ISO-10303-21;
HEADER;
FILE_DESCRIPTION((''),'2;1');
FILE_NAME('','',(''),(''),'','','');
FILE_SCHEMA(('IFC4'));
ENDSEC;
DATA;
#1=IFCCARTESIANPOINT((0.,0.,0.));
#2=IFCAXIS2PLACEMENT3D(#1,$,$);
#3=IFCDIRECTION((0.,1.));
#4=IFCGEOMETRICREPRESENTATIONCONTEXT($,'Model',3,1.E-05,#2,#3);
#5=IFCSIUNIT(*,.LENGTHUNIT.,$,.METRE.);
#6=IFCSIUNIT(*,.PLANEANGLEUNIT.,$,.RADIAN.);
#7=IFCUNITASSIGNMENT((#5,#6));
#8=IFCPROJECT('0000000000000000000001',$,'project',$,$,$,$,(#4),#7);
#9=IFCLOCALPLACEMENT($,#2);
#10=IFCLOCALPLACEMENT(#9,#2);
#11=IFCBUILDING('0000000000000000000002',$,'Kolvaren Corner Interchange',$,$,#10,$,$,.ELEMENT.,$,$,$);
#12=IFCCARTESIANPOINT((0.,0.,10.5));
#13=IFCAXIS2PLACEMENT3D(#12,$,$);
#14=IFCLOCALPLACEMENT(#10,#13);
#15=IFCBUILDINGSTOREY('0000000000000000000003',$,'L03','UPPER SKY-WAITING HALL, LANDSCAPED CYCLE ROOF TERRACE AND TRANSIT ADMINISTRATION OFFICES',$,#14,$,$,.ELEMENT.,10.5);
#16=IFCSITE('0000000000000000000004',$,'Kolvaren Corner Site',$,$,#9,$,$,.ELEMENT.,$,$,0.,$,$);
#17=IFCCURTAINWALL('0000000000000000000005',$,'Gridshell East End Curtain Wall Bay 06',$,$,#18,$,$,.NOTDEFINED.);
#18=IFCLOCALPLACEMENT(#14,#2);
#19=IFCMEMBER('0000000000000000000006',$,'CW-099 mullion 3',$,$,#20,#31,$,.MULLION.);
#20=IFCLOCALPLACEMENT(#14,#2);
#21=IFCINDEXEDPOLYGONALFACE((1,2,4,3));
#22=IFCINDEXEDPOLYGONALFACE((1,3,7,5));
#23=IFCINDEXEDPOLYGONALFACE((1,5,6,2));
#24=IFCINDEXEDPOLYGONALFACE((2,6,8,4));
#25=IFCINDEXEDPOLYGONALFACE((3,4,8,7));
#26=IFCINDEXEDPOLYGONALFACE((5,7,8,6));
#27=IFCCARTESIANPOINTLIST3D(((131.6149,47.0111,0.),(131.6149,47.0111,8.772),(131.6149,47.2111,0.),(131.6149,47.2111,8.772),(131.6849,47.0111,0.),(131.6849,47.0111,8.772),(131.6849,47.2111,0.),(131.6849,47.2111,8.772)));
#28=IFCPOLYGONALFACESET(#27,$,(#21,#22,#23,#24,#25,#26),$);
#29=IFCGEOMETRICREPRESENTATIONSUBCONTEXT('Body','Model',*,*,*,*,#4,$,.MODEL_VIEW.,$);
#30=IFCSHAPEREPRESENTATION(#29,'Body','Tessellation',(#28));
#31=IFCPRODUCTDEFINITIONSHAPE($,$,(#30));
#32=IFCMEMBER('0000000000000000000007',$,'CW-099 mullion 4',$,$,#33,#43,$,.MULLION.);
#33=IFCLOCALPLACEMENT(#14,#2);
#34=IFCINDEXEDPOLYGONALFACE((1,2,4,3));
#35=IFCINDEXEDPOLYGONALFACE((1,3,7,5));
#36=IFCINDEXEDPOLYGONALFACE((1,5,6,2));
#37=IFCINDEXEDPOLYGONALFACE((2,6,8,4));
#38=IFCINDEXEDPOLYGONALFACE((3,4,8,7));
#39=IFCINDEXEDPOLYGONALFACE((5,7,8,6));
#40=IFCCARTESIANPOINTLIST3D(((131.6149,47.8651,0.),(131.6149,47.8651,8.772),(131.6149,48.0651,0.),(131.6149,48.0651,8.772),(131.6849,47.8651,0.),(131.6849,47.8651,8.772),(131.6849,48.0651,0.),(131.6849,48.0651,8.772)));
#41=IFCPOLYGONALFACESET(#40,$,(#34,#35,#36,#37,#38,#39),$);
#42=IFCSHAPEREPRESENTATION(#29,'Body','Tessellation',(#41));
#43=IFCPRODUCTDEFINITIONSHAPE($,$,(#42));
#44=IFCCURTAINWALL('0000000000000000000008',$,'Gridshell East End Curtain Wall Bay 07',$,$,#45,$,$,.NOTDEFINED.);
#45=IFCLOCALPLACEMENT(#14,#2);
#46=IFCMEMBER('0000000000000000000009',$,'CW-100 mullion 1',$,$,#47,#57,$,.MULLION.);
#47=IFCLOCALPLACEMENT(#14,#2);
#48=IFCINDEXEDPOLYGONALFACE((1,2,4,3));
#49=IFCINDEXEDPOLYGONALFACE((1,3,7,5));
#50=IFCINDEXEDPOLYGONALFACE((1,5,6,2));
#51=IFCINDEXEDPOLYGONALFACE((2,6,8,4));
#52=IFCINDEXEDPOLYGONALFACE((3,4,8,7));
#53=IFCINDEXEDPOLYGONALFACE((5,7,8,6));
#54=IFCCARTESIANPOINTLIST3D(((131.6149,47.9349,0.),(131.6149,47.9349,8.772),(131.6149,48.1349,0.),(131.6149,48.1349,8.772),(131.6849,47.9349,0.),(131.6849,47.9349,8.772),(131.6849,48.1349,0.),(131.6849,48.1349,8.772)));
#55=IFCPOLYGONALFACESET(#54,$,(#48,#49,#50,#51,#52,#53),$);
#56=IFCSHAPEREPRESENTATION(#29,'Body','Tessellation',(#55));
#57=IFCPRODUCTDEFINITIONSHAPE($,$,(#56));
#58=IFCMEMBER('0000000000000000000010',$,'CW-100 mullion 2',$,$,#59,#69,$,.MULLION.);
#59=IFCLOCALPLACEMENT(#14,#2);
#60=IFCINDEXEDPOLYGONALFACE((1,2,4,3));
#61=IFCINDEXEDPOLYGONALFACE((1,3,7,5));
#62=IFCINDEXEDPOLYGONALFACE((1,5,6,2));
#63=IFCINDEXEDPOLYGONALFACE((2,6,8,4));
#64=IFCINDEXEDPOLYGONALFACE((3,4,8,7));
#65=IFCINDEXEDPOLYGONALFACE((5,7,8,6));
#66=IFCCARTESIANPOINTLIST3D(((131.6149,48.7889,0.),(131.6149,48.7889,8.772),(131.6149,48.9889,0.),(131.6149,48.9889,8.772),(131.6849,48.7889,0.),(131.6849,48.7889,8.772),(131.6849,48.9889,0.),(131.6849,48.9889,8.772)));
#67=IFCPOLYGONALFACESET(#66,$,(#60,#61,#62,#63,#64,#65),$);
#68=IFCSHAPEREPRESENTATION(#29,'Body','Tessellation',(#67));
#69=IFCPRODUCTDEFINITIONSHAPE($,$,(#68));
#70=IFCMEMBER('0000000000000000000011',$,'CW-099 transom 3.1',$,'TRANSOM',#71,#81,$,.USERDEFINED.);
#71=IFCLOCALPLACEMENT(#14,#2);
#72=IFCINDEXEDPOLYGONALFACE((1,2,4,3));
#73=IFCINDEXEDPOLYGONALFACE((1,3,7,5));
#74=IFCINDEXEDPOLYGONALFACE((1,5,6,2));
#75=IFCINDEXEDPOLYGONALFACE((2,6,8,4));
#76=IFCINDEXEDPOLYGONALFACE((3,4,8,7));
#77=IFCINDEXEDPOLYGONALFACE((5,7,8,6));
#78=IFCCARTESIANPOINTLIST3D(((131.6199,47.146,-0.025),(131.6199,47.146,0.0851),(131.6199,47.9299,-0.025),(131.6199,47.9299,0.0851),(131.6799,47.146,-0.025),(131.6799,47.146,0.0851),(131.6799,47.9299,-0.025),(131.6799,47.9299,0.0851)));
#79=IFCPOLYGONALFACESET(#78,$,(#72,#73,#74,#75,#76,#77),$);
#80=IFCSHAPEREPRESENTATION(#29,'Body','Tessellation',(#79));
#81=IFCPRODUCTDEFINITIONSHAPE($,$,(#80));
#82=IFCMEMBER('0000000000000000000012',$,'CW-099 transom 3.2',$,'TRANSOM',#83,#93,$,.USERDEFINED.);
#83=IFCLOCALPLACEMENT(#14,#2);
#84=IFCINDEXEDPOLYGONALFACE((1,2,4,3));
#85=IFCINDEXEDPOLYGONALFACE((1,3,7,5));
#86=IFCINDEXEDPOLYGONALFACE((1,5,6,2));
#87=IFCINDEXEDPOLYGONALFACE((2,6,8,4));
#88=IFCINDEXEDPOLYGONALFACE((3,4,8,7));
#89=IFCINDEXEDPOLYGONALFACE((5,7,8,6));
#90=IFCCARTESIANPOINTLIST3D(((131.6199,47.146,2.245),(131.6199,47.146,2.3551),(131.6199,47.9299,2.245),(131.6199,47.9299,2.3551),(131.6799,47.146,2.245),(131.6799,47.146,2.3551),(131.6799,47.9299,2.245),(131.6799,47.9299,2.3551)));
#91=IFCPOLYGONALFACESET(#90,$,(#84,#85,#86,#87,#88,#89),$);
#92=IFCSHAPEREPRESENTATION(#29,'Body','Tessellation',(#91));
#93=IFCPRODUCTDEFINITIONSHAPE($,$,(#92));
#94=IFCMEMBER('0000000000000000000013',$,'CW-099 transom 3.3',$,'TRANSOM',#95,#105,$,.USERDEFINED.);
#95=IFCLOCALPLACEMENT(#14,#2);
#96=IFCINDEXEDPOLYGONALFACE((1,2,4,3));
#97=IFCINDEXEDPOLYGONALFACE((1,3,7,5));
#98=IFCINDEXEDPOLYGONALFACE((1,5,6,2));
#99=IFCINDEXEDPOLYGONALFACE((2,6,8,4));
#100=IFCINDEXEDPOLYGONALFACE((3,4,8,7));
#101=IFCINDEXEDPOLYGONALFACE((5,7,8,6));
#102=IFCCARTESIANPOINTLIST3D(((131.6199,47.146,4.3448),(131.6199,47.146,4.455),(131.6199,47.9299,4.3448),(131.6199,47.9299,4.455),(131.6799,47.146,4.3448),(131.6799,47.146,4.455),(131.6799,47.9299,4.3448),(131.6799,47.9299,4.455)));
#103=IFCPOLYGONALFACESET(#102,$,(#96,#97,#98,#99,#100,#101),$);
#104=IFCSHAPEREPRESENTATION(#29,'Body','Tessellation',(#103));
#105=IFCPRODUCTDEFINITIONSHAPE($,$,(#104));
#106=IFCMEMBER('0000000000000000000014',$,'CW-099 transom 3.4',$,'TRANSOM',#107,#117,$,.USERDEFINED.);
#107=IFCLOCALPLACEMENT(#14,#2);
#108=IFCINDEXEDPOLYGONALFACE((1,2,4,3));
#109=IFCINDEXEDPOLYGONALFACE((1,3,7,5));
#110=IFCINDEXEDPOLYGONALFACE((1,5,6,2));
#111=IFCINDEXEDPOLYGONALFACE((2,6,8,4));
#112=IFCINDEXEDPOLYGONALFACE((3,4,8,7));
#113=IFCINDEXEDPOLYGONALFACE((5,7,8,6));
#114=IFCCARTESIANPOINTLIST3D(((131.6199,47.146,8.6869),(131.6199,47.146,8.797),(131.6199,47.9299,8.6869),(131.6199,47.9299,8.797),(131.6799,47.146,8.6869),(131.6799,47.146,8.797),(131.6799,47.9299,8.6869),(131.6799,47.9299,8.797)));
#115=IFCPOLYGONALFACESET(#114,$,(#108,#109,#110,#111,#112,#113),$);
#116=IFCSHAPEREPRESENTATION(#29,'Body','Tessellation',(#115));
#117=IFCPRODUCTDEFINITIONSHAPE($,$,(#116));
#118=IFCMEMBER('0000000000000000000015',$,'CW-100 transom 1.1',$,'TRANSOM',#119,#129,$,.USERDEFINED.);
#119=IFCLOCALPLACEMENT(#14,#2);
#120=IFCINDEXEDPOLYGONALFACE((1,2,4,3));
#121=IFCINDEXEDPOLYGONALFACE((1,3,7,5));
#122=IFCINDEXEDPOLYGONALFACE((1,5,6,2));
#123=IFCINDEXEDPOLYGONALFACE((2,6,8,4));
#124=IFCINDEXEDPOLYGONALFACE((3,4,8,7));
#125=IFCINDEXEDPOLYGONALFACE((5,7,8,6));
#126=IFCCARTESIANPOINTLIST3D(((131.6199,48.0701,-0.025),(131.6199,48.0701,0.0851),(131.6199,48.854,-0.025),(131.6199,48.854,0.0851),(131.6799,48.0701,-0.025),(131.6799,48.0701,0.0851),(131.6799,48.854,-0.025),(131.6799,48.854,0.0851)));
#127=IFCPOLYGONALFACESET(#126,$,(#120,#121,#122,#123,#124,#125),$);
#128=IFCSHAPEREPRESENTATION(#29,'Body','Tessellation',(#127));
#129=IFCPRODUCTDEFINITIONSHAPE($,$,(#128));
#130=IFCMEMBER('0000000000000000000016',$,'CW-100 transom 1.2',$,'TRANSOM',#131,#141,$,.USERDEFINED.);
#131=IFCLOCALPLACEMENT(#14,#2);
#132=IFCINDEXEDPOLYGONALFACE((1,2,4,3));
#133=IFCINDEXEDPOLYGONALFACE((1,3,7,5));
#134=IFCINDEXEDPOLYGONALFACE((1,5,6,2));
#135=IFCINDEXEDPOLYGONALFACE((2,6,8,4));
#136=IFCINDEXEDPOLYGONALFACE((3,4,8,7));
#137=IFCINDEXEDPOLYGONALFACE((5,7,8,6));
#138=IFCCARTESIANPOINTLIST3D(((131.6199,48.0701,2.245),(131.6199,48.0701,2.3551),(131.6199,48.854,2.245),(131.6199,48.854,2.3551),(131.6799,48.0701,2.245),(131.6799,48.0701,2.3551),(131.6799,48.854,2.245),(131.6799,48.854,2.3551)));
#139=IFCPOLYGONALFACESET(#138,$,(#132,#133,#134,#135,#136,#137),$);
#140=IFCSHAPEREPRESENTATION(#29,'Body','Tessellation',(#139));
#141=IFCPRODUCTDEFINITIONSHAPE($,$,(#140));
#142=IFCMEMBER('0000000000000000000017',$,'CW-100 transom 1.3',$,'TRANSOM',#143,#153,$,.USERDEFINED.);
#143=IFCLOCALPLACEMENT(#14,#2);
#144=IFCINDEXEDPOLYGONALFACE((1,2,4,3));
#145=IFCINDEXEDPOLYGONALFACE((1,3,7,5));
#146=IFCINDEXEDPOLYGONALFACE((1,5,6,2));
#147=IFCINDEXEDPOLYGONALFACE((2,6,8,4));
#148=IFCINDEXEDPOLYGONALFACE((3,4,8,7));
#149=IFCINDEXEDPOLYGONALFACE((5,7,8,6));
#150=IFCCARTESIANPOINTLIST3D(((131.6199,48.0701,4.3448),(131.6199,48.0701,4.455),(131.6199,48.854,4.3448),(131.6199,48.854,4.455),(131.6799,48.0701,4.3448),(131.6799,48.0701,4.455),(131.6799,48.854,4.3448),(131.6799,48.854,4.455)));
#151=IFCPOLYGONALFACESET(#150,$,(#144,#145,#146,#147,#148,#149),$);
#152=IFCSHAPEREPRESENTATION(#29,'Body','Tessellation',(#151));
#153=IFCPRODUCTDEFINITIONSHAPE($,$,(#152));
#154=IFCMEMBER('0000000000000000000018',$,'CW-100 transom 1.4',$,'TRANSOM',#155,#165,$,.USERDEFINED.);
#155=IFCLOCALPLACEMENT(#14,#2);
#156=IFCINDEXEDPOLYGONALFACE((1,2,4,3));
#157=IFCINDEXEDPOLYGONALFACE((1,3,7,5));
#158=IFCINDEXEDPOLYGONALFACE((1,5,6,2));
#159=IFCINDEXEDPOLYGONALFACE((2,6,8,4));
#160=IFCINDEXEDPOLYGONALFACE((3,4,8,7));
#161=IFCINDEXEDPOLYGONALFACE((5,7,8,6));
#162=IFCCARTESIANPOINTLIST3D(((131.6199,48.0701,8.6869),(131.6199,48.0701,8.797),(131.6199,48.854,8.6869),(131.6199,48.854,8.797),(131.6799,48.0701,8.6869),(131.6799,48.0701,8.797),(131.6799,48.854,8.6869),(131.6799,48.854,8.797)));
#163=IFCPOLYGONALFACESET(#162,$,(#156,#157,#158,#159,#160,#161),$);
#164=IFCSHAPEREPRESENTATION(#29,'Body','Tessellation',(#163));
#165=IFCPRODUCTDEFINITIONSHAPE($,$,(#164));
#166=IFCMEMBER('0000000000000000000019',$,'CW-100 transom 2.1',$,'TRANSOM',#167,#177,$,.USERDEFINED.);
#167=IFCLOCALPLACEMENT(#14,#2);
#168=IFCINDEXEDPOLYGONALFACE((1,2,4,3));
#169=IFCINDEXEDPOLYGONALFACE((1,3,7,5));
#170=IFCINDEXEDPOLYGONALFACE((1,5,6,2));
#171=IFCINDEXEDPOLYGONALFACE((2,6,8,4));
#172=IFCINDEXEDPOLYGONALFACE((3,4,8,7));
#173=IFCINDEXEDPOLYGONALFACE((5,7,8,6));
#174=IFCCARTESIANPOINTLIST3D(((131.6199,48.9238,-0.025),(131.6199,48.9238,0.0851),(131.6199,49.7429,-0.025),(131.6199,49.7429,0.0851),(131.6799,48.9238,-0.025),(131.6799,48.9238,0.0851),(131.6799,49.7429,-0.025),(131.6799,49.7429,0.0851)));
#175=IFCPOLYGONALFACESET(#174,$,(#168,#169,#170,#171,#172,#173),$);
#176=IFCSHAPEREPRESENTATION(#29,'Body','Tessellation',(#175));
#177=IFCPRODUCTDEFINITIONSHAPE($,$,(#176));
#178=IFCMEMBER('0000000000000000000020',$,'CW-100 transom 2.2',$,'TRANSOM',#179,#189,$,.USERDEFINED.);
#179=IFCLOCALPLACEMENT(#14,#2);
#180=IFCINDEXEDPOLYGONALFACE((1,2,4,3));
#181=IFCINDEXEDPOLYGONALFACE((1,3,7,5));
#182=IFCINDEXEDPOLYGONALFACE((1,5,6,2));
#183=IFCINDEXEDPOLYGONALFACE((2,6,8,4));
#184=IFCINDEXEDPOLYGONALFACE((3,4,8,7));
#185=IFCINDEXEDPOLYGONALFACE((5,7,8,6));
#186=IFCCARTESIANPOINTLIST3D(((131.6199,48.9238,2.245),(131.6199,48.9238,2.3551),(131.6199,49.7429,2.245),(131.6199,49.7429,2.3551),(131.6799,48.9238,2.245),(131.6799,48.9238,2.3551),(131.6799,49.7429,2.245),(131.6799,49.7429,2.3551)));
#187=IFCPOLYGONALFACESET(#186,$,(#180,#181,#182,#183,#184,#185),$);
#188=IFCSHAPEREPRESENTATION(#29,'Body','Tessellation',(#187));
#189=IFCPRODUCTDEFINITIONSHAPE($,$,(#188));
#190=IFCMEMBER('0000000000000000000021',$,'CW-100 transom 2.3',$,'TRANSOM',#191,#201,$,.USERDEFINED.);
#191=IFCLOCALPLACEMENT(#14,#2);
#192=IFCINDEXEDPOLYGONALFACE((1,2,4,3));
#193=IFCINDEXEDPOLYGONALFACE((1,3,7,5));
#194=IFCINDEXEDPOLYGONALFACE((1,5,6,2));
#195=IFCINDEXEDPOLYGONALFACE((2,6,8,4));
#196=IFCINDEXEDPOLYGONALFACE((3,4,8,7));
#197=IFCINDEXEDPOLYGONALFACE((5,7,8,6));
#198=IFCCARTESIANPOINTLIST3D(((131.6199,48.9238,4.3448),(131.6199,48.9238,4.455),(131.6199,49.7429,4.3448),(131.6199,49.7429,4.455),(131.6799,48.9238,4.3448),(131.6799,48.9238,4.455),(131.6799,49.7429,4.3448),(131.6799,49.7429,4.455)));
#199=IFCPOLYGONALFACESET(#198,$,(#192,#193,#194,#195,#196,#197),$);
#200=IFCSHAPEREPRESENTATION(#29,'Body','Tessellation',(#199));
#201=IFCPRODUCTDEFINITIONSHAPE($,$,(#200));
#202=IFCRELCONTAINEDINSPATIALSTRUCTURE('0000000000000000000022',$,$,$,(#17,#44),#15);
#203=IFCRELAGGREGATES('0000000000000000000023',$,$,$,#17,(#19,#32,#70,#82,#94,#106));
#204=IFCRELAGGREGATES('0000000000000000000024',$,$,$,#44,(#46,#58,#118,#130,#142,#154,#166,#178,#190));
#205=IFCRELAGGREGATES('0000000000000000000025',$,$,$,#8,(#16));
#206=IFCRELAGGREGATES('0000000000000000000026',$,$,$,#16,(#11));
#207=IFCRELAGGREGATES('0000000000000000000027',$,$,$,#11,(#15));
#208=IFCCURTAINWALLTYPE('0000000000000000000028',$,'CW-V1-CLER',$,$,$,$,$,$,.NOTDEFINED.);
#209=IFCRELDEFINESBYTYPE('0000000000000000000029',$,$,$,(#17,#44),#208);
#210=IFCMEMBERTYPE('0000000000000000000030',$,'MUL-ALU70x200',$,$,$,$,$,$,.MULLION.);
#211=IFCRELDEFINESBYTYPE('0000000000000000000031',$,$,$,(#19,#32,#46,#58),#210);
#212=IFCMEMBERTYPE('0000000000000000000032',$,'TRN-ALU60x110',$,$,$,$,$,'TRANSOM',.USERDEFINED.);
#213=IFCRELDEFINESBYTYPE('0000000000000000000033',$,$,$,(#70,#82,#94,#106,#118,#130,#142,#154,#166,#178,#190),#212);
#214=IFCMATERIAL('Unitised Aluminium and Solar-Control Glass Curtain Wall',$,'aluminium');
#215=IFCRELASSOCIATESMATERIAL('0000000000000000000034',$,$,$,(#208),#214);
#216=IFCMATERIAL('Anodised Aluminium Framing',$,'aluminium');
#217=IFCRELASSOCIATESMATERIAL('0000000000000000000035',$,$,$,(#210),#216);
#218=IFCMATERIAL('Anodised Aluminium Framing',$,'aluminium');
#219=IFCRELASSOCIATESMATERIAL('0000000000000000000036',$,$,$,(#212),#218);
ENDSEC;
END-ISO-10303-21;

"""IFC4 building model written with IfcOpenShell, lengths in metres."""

from ifc_helpers import new_model, si_unit, direction, frame, origin, origin_2d, place, context, subcontext, project, spatial, rectangle, extrude, material, material_profile, profile_set, type_object, element, aggregate, save


model = new_model("IFC4")

# Units and contexts
model_context = context("Model", 3, precision=1e-05, world=origin(), true_north=direction((0.0, 1.0)))
body_context = subcontext(model_context, "Body", "Model", "MODEL_VIEW")
ifc_project = project(units=[si_unit("LENGTHUNIT", "METRE"), si_unit("PLANEANGLEUNIT", "RADIAN")], contexts=[model_context])

# Site, building, storey
site_placement = place(None, origin())
site = spatial("IfcSite", under=ifc_project, at=site_placement, Name="Kolvaren Corner Site", CompositionType="ELEMENT", RefElevation=0.0)
building_placement = place(site_placement, origin())
building = spatial("IfcBuilding", under=site, at=building_placement, Name="Kolvaren Corner Interchange", CompositionType="ELEMENT")
storey_placement = place(building_placement, frame((0.0, 0.0, 10.5)))
storey = spatial("IfcBuildingStorey", under=building, at=storey_placement, Name="L03", Description="UPPER SKY-WAITING HALL, LANDSCAPED CYCLE ROOF TERRACE AND TRANSIT ADMINISTRATION OFFICES", CompositionType="ELEMENT", Elevation=10.5)

# Curtain walls, members
ifc_material_1 = material(Name="Unitised Aluminium and Solar-Control Glass Curtain Wall", Category="aluminium")
curtain_wall_type = type_object("IfcCurtainWallType", Name="CW-V1-CLER", PredefinedType="NOTDEFINED", material=ifc_material_1)
curtain_wall_1_placement = place(storey_placement, origin())
curtain_wall_1 = element("IfcCurtainWall", 1, at=curtain_wall_1_placement, inside=storey, type_object=curtain_wall_type, Name="Gridshell East End Curtain Wall Bay 06", PredefinedType="NOTDEFINED")
ifc_material_2 = material(Name="Anodised Aluminium Framing", Category="aluminium")
ifc_material_profile_1 = material_profile(ifc_material_2, rectangle(XDim=0.0701, YDim=0.2, at=origin_2d()), Name="ALU 70x200")
ifc_profile_set_1 = profile_set([ifc_material_profile_1], Name="Anodised Aluminium Framing")
member_type_1 = type_object("IfcMemberType", Name="MUL-ALU70x200", PredefinedType="MULLION", material=ifc_profile_set_1)
member_1_placement = place(storey_placement, frame((131.6499, 47.1111, 0.0), z_axis=(0.0, 0.0, 1.0), x_axis=(-1.0, 0.0, 0.0)))
member_1 = element("IfcMember", 2, at=member_1_placement, type_object=member_type_1, Name="CW-099 mullion 3", PredefinedType="MULLION", context=body_context, shape_type="SweptSolid", body=[
    extrude(rectangle(XDim=0.0701, YDim=0.2, at=origin_2d()), origin(), (0.0, 0.0, 1.0), 8.772),
])
member_2_placement = place(storey_placement, frame((131.6499, 47.9651, 0.0), z_axis=(0.0, 0.0, 1.0), x_axis=(-1.0, 0.0, 0.0)))
member_2 = element("IfcMember", 3, at=member_2_placement, type_object=member_type_1, Name="CW-099 mullion 4", PredefinedType="MULLION", context=body_context, shape_type="SweptSolid", body=[
    extrude(rectangle(XDim=0.0701, YDim=0.2, at=origin_2d()), origin(), (0.0, 0.0, 1.0), 8.772),
])
curtain_wall_2_placement = place(storey_placement, origin())
curtain_wall_2 = element("IfcCurtainWall", 4, at=curtain_wall_2_placement, inside=storey, type_object=curtain_wall_type, Name="Gridshell East End Curtain Wall Bay 07", PredefinedType="NOTDEFINED")
member_3_placement = place(storey_placement, frame((131.6499, 48.0349, 0.0), z_axis=(0.0, 0.0, 1.0), x_axis=(-1.0, 0.0, 0.0)))
member_3 = element("IfcMember", 5, at=member_3_placement, type_object=member_type_1, Name="CW-100 mullion 1", PredefinedType="MULLION", context=body_context, shape_type="SweptSolid", body=[
    extrude(rectangle(XDim=0.0701, YDim=0.2, at=origin_2d()), origin(), (0.0, 0.0, 1.0), 8.772),
])
member_4_placement = place(storey_placement, frame((131.6499, 48.8889, 0.0), z_axis=(0.0, 0.0, 1.0), x_axis=(-1.0, 0.0, 0.0)))
member_4 = element("IfcMember", 6, at=member_4_placement, type_object=member_type_1, Name="CW-100 mullion 2", PredefinedType="MULLION", context=body_context, shape_type="SweptSolid", body=[
    extrude(rectangle(XDim=0.0701, YDim=0.2, at=origin_2d()), origin(), (0.0, 0.0, 1.0), 8.772),
])

# Members
ifc_material_3 = material(Name="Anodised Aluminium Framing", Category="aluminium")
ifc_material_profile_2 = material_profile(ifc_material_3, rectangle(XDim=0.0601, YDim=0.1101, at=origin_2d()), Name="ALU 60x110")
ifc_profile_set_2 = profile_set([ifc_material_profile_2], Name="Anodised Aluminium Framing")
member_type_2 = type_object("IfcMemberType", Name="TRN-ALU60x110", ElementType="TRANSOM", PredefinedType="USERDEFINED", material=ifc_profile_set_2)
member_5_placement = place(storey_placement, frame((131.6499, 47.146, 0.03), z_axis=(0.0, 1.0, 0.0), x_axis=(-1.0, 0.0, 0.0)))
member_5 = element("IfcMember", 7, at=member_5_placement, type_object=member_type_2, Name="CW-099 transom 3.1", ObjectType="TRANSOM", PredefinedType="USERDEFINED", context=body_context, shape_type="SweptSolid", body=[
    extrude(rectangle(XDim=0.0601, YDim=0.1101, at=origin_2d()), origin(), (0.0, 0.0, 1.0), 0.7839),
])
member_6_placement = place(storey_placement, frame((131.6499, 47.146, 2.3), z_axis=(0.0, 1.0, 0.0), x_axis=(-1.0, 0.0, 0.0)))
member_6 = element("IfcMember", 8, at=member_6_placement, type_object=member_type_2, Name="CW-099 transom 3.2", ObjectType="TRANSOM", PredefinedType="USERDEFINED", context=body_context, shape_type="SweptSolid", body=[
    extrude(rectangle(XDim=0.0601, YDim=0.1101, at=origin_2d()), origin(), (0.0, 0.0, 1.0), 0.7839),
])
member_7_placement = place(storey_placement, frame((131.6499, 47.146, 4.3999), z_axis=(0.0, 1.0, 0.0), x_axis=(-1.0, 0.0, 0.0)))
member_7 = element("IfcMember", 9, at=member_7_placement, type_object=member_type_2, Name="CW-099 transom 3.3", ObjectType="TRANSOM", PredefinedType="USERDEFINED", context=body_context, shape_type="SweptSolid", body=[
    extrude(rectangle(XDim=0.0601, YDim=0.1101, at=origin_2d()), origin(), (0.0, 0.0, 1.0), 0.7839),
])
member_8_placement = place(storey_placement, frame((131.6499, 47.146, 8.7419), z_axis=(0.0, 1.0, 0.0), x_axis=(-1.0, 0.0, 0.0)))
member_8 = element("IfcMember", 10, at=member_8_placement, type_object=member_type_2, Name="CW-099 transom 3.4", ObjectType="TRANSOM", PredefinedType="USERDEFINED", context=body_context, shape_type="SweptSolid", body=[
    extrude(rectangle(XDim=0.0601, YDim=0.1101, at=origin_2d()), origin(), (0.0, 0.0, 1.0), 0.7839),
])
member_9_placement = place(storey_placement, frame((131.6499, 48.0701, 0.03), z_axis=(0.0, 1.0, 0.0), x_axis=(-1.0, 0.0, 0.0)))
member_9 = element("IfcMember", 11, at=member_9_placement, type_object=member_type_2, Name="CW-100 transom 1.1", ObjectType="TRANSOM", PredefinedType="USERDEFINED", context=body_context, shape_type="SweptSolid", body=[
    extrude(rectangle(XDim=0.0601, YDim=0.1101, at=origin_2d()), origin(), (0.0, 0.0, 1.0), 0.7839),
])
member_10_placement = place(storey_placement, frame((131.6499, 48.0701, 2.3), z_axis=(0.0, 1.0, 0.0), x_axis=(-1.0, 0.0, 0.0)))
member_10 = element("IfcMember", 12, at=member_10_placement, type_object=member_type_2, Name="CW-100 transom 1.2", ObjectType="TRANSOM", PredefinedType="USERDEFINED", context=body_context, shape_type="SweptSolid", body=[
    extrude(rectangle(XDim=0.0601, YDim=0.1101, at=origin_2d()), origin(), (0.0, 0.0, 1.0), 0.7839),
])
member_11_placement = place(storey_placement, frame((131.6499, 48.0701, 4.3999), z_axis=(0.0, 1.0, 0.0), x_axis=(-1.0, 0.0, 0.0)))
member_11 = element("IfcMember", 13, at=member_11_placement, type_object=member_type_2, Name="CW-100 transom 1.3", ObjectType="TRANSOM", PredefinedType="USERDEFINED", context=body_context, shape_type="SweptSolid", body=[
    extrude(rectangle(XDim=0.0601, YDim=0.1101, at=origin_2d()), origin(), (0.0, 0.0, 1.0), 0.7839),
])
member_12_placement = place(storey_placement, frame((131.6499, 48.0701, 8.7419), z_axis=(0.0, 1.0, 0.0), x_axis=(-1.0, 0.0, 0.0)))
member_12 = element("IfcMember", 14, at=member_12_placement, type_object=member_type_2, Name="CW-100 transom 1.4", ObjectType="TRANSOM", PredefinedType="USERDEFINED", context=body_context, shape_type="SweptSolid", body=[
    extrude(rectangle(XDim=0.0601, YDim=0.1101, at=origin_2d()), origin(), (0.0, 0.0, 1.0), 0.7839),
])
member_13_placement = place(storey_placement, frame((131.6499, 48.9238, 0.03), z_axis=(0.0, 1.0, 0.0), x_axis=(-1.0, 0.0, 0.0)))
member_13 = element("IfcMember", 15, at=member_13_placement, type_object=member_type_2, Name="CW-100 transom 2.1", ObjectType="TRANSOM", PredefinedType="USERDEFINED", context=body_context, shape_type="SweptSolid", body=[
    extrude(rectangle(XDim=0.0601, YDim=0.1101, at=origin_2d()), origin(), (0.0, 0.0, 1.0), 0.8191),
])
member_14_placement = place(storey_placement, frame((131.6499, 48.9238, 2.3), z_axis=(0.0, 1.0, 0.0), x_axis=(-1.0, 0.0, 0.0)))
member_14 = element("IfcMember", 16, at=member_14_placement, type_object=member_type_2, Name="CW-100 transom 2.2", ObjectType="TRANSOM", PredefinedType="USERDEFINED", context=body_context, shape_type="SweptSolid", body=[
    extrude(rectangle(XDim=0.0601, YDim=0.1101, at=origin_2d()), origin(), (0.0, 0.0, 1.0), 0.8191),
])
member_15_placement = place(storey_placement, frame((131.6499, 48.9238, 4.3999), z_axis=(0.0, 1.0, 0.0), x_axis=(-1.0, 0.0, 0.0)))
member_15 = element("IfcMember", 17, at=member_15_placement, type_object=member_type_2, Name="CW-100 transom 2.3", ObjectType="TRANSOM", PredefinedType="USERDEFINED", context=body_context, shape_type="SweptSolid", body=[
    extrude(rectangle(XDim=0.0601, YDim=0.1101, at=origin_2d()), origin(), (0.0, 0.0, 1.0), 0.8191),
])

aggregate(curtain_wall_1, [member_1, member_2, member_5, member_6, member_7, member_8])
aggregate(curtain_wall_2, [member_3, member_4, member_9, member_10, member_11, member_12, member_13, member_14, member_15])

save(model, "model.ifc")
